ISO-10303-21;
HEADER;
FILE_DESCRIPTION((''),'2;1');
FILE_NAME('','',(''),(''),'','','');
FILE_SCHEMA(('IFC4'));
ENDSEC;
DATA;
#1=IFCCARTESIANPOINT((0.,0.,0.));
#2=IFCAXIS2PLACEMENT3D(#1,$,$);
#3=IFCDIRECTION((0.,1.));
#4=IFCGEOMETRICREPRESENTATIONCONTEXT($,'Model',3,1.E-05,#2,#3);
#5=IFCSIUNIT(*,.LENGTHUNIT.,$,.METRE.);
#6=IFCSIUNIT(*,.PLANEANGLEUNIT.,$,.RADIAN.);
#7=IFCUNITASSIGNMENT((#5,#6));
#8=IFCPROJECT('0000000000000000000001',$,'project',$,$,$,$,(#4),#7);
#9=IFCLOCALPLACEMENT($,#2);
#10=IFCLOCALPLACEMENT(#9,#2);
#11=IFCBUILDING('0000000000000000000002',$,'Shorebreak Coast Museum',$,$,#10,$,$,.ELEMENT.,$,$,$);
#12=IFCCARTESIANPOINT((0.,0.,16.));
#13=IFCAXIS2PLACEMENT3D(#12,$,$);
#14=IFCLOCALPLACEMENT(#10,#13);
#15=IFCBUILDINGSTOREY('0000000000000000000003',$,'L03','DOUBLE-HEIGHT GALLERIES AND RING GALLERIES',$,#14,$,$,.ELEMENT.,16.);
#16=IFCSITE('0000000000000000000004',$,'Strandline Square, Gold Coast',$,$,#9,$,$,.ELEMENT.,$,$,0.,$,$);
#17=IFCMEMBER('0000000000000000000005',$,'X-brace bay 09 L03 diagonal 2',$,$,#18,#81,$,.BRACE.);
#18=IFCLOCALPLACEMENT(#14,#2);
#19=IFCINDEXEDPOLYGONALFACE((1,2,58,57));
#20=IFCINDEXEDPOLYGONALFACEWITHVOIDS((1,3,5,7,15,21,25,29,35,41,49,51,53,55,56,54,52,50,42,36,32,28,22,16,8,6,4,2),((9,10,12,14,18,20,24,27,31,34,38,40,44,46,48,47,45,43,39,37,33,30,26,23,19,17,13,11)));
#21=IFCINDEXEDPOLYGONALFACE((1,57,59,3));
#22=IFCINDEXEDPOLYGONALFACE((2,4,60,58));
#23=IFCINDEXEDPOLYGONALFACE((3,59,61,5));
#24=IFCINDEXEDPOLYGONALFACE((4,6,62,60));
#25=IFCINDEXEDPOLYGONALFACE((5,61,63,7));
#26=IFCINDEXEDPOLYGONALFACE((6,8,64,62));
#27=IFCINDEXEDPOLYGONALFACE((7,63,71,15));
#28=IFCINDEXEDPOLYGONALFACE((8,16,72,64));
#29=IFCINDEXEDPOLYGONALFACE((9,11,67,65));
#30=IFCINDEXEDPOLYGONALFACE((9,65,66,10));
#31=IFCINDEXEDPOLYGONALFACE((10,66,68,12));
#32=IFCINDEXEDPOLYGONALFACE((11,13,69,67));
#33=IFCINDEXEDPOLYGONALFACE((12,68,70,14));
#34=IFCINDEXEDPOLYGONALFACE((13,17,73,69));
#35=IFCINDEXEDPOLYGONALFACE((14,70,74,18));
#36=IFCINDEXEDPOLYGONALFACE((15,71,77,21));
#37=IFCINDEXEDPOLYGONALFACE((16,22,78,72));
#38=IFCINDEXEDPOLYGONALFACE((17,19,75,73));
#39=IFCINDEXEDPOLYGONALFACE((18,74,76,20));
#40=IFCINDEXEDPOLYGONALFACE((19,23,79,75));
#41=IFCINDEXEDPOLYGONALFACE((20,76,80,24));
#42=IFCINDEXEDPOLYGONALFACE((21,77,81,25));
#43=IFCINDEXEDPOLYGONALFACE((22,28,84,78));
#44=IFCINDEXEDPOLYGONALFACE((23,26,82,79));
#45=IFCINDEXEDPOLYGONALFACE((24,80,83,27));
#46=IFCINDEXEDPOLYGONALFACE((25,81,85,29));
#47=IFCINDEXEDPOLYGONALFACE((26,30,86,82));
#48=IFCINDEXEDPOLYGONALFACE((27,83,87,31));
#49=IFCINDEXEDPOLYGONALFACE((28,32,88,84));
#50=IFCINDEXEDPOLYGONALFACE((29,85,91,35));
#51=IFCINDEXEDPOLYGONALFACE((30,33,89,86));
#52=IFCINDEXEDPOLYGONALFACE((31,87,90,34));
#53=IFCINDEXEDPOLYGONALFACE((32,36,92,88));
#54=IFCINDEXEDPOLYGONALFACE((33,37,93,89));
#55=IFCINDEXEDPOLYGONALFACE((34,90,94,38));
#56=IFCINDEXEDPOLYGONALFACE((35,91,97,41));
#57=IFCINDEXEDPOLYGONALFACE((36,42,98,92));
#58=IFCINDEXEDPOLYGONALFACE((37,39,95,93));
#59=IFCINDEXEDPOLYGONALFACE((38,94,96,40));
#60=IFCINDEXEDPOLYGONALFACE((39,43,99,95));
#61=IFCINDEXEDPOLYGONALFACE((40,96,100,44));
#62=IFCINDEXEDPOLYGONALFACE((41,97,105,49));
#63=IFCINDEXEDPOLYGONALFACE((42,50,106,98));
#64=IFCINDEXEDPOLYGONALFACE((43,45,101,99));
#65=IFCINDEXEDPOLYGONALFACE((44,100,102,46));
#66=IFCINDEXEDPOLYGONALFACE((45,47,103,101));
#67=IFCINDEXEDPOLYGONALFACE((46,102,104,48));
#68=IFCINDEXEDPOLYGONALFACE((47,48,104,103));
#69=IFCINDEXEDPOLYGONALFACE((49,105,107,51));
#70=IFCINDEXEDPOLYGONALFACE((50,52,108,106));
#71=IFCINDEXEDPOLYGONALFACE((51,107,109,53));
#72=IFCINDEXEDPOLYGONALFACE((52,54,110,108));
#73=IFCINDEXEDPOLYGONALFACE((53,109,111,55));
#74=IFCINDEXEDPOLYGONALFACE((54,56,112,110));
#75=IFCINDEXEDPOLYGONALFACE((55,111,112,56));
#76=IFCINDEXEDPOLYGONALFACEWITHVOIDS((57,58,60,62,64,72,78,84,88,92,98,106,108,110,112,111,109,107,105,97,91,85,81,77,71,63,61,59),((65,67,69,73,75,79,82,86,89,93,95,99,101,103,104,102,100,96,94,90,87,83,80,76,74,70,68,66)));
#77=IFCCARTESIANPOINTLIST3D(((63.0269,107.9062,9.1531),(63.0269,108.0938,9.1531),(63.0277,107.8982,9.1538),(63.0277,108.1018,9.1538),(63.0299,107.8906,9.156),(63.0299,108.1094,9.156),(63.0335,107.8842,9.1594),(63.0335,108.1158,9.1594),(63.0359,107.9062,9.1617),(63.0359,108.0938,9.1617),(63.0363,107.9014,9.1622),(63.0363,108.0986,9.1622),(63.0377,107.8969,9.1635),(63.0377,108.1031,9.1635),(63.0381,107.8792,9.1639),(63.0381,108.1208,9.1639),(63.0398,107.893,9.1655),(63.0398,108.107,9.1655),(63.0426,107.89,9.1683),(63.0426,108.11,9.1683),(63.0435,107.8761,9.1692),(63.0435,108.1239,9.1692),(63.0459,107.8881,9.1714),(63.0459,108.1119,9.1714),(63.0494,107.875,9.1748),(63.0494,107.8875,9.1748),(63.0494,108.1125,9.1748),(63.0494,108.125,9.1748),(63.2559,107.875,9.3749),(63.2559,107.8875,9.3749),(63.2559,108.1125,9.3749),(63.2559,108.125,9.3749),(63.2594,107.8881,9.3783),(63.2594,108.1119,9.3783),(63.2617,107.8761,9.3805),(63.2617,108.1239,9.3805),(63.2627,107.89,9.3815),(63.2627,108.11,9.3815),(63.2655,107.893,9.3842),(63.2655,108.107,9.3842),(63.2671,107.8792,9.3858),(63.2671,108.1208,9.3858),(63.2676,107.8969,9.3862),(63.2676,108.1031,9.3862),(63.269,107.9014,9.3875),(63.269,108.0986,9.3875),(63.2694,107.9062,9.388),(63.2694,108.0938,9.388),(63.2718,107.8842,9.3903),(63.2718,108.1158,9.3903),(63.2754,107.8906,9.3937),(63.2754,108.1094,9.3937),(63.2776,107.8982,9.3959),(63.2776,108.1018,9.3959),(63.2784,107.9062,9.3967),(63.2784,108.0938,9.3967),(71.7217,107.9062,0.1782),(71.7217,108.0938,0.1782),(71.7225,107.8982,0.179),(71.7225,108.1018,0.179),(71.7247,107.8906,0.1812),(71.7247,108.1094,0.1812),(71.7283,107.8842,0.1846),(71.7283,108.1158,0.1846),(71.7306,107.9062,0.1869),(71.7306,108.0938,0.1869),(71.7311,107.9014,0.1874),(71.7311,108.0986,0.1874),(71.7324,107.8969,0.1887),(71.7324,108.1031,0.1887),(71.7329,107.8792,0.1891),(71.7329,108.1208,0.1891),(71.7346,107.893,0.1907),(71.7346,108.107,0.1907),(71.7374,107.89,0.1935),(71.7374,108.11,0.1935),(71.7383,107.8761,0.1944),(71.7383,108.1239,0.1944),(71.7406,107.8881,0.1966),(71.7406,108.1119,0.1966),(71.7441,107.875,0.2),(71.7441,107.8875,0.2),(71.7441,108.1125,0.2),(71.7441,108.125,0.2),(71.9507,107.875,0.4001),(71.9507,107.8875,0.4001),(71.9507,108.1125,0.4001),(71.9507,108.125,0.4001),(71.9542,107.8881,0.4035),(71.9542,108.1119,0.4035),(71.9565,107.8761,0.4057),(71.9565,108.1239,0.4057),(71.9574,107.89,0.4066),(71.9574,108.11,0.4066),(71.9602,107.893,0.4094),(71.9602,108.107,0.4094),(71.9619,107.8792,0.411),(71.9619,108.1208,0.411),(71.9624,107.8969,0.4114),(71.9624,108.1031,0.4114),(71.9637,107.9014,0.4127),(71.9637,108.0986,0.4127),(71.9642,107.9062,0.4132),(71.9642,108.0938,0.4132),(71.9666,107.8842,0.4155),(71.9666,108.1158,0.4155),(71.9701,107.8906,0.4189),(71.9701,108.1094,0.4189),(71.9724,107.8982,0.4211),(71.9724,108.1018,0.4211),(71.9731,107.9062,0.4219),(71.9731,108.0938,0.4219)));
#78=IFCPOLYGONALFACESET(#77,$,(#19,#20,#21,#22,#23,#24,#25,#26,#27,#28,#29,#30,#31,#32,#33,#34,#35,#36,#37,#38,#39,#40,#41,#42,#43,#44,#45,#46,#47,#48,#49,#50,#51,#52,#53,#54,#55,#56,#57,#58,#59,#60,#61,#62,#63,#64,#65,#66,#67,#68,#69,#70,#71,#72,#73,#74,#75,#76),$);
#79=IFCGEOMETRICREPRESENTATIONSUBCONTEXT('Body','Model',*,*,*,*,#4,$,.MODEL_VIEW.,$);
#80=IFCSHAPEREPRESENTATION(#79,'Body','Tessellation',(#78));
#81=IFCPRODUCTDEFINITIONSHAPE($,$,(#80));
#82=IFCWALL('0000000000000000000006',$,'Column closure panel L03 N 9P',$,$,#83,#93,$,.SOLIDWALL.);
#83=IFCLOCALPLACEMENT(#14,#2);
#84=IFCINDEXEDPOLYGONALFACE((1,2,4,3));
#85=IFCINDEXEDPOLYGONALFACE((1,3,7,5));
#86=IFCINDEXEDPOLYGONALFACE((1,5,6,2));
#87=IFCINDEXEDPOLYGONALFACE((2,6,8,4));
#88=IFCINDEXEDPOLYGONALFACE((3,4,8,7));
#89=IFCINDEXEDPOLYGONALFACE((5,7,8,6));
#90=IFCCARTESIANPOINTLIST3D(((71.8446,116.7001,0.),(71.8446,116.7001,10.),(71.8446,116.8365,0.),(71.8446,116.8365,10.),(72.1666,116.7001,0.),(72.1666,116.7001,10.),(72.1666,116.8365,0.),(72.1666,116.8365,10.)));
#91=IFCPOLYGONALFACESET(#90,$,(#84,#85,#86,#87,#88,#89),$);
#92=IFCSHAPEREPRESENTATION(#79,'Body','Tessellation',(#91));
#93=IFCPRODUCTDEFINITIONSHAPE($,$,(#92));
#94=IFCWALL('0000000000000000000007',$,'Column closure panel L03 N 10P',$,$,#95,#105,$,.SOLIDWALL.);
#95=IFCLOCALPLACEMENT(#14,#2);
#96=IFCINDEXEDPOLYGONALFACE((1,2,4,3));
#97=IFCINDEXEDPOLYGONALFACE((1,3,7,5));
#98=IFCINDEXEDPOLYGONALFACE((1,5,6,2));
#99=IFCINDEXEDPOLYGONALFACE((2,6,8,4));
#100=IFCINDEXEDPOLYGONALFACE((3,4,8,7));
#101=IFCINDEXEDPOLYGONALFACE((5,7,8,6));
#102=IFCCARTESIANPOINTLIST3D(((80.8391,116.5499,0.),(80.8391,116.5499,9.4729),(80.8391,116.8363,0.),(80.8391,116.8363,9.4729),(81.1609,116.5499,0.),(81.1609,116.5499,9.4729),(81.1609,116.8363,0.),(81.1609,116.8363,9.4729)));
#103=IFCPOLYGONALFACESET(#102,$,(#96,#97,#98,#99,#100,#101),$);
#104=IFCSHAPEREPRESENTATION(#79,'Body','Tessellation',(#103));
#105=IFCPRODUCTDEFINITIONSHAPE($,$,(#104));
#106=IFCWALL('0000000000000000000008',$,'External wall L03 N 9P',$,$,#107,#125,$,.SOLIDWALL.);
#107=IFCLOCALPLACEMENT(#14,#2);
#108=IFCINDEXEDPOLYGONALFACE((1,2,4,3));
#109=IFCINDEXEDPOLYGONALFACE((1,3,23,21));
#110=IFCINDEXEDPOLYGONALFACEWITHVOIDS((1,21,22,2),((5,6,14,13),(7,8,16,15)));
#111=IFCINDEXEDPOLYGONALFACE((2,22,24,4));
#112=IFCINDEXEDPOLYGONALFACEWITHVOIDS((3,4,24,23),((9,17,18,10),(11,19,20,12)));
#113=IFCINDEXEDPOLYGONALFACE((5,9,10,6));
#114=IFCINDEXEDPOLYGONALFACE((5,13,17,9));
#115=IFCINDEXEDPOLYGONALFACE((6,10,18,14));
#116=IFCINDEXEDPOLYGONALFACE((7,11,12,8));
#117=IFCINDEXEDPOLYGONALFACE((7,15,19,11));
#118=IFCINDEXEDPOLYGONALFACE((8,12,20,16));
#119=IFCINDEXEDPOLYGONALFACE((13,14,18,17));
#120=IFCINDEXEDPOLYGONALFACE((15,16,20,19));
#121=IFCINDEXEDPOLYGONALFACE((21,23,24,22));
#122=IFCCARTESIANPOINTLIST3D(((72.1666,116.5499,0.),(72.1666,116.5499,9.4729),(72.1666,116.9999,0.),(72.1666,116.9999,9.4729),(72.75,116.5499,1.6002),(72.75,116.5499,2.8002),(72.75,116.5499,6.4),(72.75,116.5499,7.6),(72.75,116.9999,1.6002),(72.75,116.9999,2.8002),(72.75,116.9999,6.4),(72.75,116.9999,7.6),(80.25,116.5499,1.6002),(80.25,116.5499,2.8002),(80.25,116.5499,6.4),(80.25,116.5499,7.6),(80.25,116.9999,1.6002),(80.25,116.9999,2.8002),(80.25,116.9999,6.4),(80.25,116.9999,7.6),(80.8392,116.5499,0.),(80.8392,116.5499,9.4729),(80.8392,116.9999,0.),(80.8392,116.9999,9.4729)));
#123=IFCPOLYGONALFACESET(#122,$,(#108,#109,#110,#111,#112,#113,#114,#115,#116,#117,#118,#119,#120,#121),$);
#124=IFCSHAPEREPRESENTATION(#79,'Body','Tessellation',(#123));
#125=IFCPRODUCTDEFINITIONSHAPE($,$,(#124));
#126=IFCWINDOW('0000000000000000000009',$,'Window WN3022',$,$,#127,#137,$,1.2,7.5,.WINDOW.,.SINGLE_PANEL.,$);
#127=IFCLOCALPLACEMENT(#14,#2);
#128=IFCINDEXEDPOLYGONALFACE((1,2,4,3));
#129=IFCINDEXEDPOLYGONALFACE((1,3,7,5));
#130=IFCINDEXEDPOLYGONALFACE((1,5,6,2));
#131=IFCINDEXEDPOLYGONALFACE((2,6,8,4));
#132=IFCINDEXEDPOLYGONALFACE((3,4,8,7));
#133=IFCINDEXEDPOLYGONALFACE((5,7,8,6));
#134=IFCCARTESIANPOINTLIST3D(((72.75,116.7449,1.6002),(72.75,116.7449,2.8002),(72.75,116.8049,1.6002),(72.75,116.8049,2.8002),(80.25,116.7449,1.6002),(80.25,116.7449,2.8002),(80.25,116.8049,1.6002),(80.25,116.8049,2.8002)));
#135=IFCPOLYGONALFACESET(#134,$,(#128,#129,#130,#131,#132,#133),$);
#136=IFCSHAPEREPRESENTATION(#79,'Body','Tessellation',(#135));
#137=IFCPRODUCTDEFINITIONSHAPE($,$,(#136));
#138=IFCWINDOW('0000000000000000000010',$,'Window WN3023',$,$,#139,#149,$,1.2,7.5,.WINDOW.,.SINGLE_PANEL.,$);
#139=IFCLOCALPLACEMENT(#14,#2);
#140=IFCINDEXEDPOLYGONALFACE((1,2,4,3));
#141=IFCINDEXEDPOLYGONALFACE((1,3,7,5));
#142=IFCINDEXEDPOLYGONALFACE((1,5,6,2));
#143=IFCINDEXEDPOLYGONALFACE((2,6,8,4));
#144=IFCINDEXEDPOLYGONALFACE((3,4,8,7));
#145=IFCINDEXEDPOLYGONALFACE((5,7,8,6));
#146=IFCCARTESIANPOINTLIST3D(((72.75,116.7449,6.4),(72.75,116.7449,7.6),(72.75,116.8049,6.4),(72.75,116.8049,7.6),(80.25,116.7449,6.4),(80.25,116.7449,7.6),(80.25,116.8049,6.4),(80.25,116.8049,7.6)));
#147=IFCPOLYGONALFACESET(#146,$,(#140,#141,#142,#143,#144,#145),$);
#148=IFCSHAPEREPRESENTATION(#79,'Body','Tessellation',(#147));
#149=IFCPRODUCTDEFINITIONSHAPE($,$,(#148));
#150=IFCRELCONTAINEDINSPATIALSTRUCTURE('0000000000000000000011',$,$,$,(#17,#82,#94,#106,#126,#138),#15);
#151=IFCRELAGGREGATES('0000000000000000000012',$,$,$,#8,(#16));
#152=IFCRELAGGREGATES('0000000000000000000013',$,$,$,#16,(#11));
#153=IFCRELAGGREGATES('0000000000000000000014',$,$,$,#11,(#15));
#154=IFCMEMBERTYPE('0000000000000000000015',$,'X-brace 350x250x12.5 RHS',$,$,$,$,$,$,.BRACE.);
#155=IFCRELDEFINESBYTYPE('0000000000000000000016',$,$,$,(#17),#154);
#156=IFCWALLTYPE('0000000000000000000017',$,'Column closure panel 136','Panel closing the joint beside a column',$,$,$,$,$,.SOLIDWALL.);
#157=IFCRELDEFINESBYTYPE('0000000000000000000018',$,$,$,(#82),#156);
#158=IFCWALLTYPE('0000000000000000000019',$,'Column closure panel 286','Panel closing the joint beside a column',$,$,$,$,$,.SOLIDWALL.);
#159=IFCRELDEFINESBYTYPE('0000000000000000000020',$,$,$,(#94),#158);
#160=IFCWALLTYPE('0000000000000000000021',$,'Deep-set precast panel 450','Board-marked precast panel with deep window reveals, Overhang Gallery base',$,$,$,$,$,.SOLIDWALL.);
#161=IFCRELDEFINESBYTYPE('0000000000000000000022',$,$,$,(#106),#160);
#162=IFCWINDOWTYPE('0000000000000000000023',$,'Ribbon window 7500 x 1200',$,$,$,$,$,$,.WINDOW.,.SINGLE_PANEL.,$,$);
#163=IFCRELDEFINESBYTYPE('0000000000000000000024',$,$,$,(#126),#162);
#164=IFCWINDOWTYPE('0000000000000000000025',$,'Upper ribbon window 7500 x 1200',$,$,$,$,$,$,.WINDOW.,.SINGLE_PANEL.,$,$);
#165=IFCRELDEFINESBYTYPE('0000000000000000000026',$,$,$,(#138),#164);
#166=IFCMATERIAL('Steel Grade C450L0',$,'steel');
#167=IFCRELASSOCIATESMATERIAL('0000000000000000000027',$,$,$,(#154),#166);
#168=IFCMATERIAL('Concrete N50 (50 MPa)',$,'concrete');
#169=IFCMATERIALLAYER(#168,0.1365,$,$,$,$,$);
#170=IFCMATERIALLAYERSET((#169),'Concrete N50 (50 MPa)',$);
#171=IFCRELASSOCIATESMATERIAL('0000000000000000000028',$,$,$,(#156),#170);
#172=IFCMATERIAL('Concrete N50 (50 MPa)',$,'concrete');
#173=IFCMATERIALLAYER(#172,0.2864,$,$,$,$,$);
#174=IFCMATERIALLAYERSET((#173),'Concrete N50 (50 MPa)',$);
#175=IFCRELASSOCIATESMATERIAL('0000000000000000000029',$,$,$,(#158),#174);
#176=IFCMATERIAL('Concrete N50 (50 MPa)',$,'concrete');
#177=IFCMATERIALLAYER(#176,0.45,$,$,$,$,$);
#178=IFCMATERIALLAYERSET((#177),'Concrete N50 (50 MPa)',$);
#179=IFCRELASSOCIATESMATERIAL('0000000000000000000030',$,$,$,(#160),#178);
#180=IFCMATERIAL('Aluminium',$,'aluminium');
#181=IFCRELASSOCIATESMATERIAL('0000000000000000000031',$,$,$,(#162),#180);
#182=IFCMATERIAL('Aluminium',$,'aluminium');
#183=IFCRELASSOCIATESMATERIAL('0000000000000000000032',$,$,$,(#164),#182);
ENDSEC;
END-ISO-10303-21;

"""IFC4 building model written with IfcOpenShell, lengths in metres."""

from ifc_helpers import new_model, si_unit, direction, frame, frame_2d, origin, origin_2d, place, context, subcontext, project, spatial, rectangle, hollow_rectangle, extrude, material, layer, layer_set, material_profile, profile_set, type_object, element, fill, save


model = new_model("IFC4")

# Units and contexts
model_context = context("Model", 3, precision=1e-05, world=origin(), true_north=direction((0.0, 1.0)))
body_context = subcontext(model_context, "Body", "Model", "MODEL_VIEW")
ifc_project = project(units=[si_unit("LENGTHUNIT", "METRE"), si_unit("PLANEANGLEUNIT", "RADIAN")], contexts=[model_context])

# Site, building, storey
site_placement = place(None, origin())
site = spatial("IfcSite", under=ifc_project, at=site_placement, Name="Strandline Square, Gold Coast", CompositionType="ELEMENT", RefElevation=0.0)
building_placement = place(site_placement, origin())
building = spatial("IfcBuilding", under=site, at=building_placement, Name="Shorebreak Coast Museum", CompositionType="ELEMENT")
storey_placement = place(building_placement, frame((0.0, 0.0, 16.0)))
storey = spatial("IfcBuildingStorey", under=building, at=storey_placement, Name="L03", Description="DOUBLE-HEIGHT GALLERIES AND RING GALLERIES", CompositionType="ELEMENT", Elevation=16.0)

# Member
ifc_material_1 = material(Name="Steel Grade C450L0", Category="steel")
ifc_material_profile_1 = material_profile(ifc_material_1, hollow_rectangle(XDim=0.25, YDim=0.3501, WallThickness=0.0125, InnerFilletRadius=0.0188, OuterFilletRadius=0.0312, at=origin_2d()), Name="350x250x12.5 RHS")
ifc_profile_set_1 = profile_set([ifc_material_profile_1], Name="Steel Grade C450L0")
member_type = type_object("IfcMemberType", Name="X-brace 350x250x12.5 RHS", PredefinedType="BRACE", material=ifc_profile_set_1)
member_placement = place(storey_placement, frame((71.8474, 108.0, 0.3), z_axis=(-0.695813, 0.0, 0.718223), x_axis=(0.0, -1.0, 0.0)))
element("IfcMember", 1, at=member_placement, inside=storey, type_object=member_type, Name="X-brace bay 09 L03 diagonal 2", PredefinedType="BRACE", context=body_context, shape_type="SweptSolid", body=[
    extrude(hollow_rectangle(XDim=0.25, YDim=0.3501, WallThickness=0.0125, InnerFilletRadius=0.0188, OuterFilletRadius=0.0312, at=origin_2d()), origin(), (0.0, 0.0, 1.0), 12.4958),
])

# Walls
ifc_material_2 = material(Name="Concrete N50 (50 MPa)", Category="concrete")
ifc_layer_1 = layer(ifc_material_2, 0.1365)
ifc_layer_set_1 = layer_set([ifc_layer_1], Name="Concrete N50 (50 MPa)")
wall_type_1 = type_object("IfcWallType", Name="Column closure panel 136", Description="Panel closing the joint beside a column", PredefinedType="SOLIDWALL", material=ifc_layer_set_1)
wall_1_placement = place(storey_placement, frame((71.8445, 116.7683, 0.0), z_axis=(0.0, 0.0, 1.0), x_axis=(1.0, 0.0, 0.0)))
element("IfcWall", 2, at=wall_1_placement, inside=storey, type_object=wall_type_1, Name="Column closure panel L03 N 9P", PredefinedType="SOLIDWALL", context=body_context, shape_type="SweptSolid", body=[
    extrude(rectangle(XDim=0.322, YDim=0.1365, at=frame_2d((0.1611, 0.0))), origin(), (0.0, 0.0, 1.0), 10.0),
])
ifc_material_3 = material(Name="Concrete N50 (50 MPa)", Category="concrete")
ifc_layer_2 = layer(ifc_material_3, 0.2864)
ifc_layer_set_2 = layer_set([ifc_layer_2], Name="Concrete N50 (50 MPa)")
wall_type_2 = type_object("IfcWallType", Name="Column closure panel 286", Description="Panel closing the joint beside a column", PredefinedType="SOLIDWALL", material=ifc_layer_set_2)
wall_2_placement = place(storey_placement, frame((80.8391, 116.6931, 0.0), z_axis=(0.0, 0.0, 1.0), x_axis=(1.0, 0.0, 0.0)))
element("IfcWall", 3, at=wall_2_placement, inside=storey, type_object=wall_type_2, Name="Column closure panel L03 N 10P", PredefinedType="SOLIDWALL", context=body_context, shape_type="SweptSolid", body=[
    extrude(rectangle(XDim=0.3218, YDim=0.2864, at=frame_2d((0.1609, 0.0))), origin(), (0.0, 0.0, 1.0), 9.4729),
])

# Wall, openings, windows
ifc_material_4 = material(Name="Concrete N50 (50 MPa)", Category="concrete")
ifc_layer_3 = layer(ifc_material_4, 0.45)
ifc_layer_set_3 = layer_set([ifc_layer_3], Name="Concrete N50 (50 MPa)")
wall_type_3 = type_object("IfcWallType", Name="Deep-set precast panel 450", Description="Board-marked precast panel with deep window reveals, Overhang Gallery base", PredefinedType="SOLIDWALL", material=ifc_layer_set_3)
wall_3_placement = place(storey_placement, frame((72.1665, 116.7749, 0.0), z_axis=(0.0, 0.0, 1.0), x_axis=(1.0, 0.0, 0.0)))
wall_3 = element("IfcWall", 4, at=wall_3_placement, inside=storey, type_object=wall_type_3, Name="External wall L03 N 9P", PredefinedType="SOLIDWALL", context=body_context, shape_type="SweptSolid", body=[
    extrude(rectangle(XDim=8.6726, YDim=0.45, at=frame_2d((4.3364, 0.0))), origin(), (0.0, 0.0, 1.0), 9.4729),
])
opening_1_placement = place(wall_3_placement, frame((0.5835, 0.0, 1.6001)))
opening_1 = element("IfcOpeningElement", 5, at=opening_1_placement, cuts=wall_3, PredefinedType="OPENING", context=body_context, shape_type="SweptSolid", body=[
    extrude(rectangle(XDim=7.5, YDim=1.2, at=frame_2d((3.75, 0.6001))), frame((0.0, 0.2349, 0.0), z_axis=(0.0, -1.0, 0.0), x_axis=(1.0, 0.0, 0.0)), (0.0, 0.0, 1.0), 0.47),
])
opening_2_placement = place(wall_3_placement, frame((0.5835, 0.0, 6.3999)))
opening_2 = element("IfcOpeningElement", 6, at=opening_2_placement, cuts=wall_3, PredefinedType="OPENING", context=body_context, shape_type="SweptSolid", body=[
    extrude(rectangle(XDim=7.5, YDim=1.2, at=frame_2d((3.75, 0.6001))), frame((0.0, 0.2349, 0.0), z_axis=(0.0, -1.0, 0.0), x_axis=(1.0, 0.0, 0.0)), (0.0, 0.0, 1.0), 0.47),
])
ifc_material_5 = material(Name="Aluminium", Category="aluminium")
window_type_1 = type_object("IfcWindowType", Name="Ribbon window 7500 x 1200", PartitioningType="SINGLE_PANEL", PredefinedType="WINDOW", material=ifc_material_5)
window_1_placement = place(opening_1_placement, origin())
window_1 = element("IfcWindow", 7, at=window_1_placement, inside=storey, type_object=window_type_1, Name="Window WN3022", OverallHeight=1.2, OverallWidth=7.5, PartitioningType="SINGLE_PANEL", PredefinedType="WINDOW", context=body_context, shape_type="SweptSolid", body=[
    extrude(rectangle(XDim=7.5, YDim=1.2, at=frame_2d((3.75, 0.6001))), frame((0.0, 0.03, 0.0), z_axis=(0.0, -1.0, 0.0), x_axis=(1.0, 0.0, 0.0)), (0.0, 0.0, 1.0), 0.0601),
])
fill(opening_1, window_1)
ifc_material_6 = material(Name="Aluminium", Category="aluminium")
window_type_2 = type_object("IfcWindowType", Name="Upper ribbon window 7500 x 1200", PartitioningType="SINGLE_PANEL", PredefinedType="WINDOW", material=ifc_material_6)
window_2_placement = place(opening_2_placement, origin())
window_2 = element("IfcWindow", 8, at=window_2_placement, inside=storey, type_object=window_type_2, Name="Window WN3023", OverallHeight=1.2, OverallWidth=7.5, PartitioningType="SINGLE_PANEL", PredefinedType="WINDOW", context=body_context, shape_type="SweptSolid", body=[
    extrude(rectangle(XDim=7.5, YDim=1.2, at=frame_2d((3.75, 0.6001))), frame((0.0, 0.03, 0.0), z_axis=(0.0, -1.0, 0.0), x_axis=(1.0, 0.0, 0.0)), (0.0, 0.0, 1.0), 0.0601),
])
fill(opening_2, window_2)

save(model, "model.ifc")
